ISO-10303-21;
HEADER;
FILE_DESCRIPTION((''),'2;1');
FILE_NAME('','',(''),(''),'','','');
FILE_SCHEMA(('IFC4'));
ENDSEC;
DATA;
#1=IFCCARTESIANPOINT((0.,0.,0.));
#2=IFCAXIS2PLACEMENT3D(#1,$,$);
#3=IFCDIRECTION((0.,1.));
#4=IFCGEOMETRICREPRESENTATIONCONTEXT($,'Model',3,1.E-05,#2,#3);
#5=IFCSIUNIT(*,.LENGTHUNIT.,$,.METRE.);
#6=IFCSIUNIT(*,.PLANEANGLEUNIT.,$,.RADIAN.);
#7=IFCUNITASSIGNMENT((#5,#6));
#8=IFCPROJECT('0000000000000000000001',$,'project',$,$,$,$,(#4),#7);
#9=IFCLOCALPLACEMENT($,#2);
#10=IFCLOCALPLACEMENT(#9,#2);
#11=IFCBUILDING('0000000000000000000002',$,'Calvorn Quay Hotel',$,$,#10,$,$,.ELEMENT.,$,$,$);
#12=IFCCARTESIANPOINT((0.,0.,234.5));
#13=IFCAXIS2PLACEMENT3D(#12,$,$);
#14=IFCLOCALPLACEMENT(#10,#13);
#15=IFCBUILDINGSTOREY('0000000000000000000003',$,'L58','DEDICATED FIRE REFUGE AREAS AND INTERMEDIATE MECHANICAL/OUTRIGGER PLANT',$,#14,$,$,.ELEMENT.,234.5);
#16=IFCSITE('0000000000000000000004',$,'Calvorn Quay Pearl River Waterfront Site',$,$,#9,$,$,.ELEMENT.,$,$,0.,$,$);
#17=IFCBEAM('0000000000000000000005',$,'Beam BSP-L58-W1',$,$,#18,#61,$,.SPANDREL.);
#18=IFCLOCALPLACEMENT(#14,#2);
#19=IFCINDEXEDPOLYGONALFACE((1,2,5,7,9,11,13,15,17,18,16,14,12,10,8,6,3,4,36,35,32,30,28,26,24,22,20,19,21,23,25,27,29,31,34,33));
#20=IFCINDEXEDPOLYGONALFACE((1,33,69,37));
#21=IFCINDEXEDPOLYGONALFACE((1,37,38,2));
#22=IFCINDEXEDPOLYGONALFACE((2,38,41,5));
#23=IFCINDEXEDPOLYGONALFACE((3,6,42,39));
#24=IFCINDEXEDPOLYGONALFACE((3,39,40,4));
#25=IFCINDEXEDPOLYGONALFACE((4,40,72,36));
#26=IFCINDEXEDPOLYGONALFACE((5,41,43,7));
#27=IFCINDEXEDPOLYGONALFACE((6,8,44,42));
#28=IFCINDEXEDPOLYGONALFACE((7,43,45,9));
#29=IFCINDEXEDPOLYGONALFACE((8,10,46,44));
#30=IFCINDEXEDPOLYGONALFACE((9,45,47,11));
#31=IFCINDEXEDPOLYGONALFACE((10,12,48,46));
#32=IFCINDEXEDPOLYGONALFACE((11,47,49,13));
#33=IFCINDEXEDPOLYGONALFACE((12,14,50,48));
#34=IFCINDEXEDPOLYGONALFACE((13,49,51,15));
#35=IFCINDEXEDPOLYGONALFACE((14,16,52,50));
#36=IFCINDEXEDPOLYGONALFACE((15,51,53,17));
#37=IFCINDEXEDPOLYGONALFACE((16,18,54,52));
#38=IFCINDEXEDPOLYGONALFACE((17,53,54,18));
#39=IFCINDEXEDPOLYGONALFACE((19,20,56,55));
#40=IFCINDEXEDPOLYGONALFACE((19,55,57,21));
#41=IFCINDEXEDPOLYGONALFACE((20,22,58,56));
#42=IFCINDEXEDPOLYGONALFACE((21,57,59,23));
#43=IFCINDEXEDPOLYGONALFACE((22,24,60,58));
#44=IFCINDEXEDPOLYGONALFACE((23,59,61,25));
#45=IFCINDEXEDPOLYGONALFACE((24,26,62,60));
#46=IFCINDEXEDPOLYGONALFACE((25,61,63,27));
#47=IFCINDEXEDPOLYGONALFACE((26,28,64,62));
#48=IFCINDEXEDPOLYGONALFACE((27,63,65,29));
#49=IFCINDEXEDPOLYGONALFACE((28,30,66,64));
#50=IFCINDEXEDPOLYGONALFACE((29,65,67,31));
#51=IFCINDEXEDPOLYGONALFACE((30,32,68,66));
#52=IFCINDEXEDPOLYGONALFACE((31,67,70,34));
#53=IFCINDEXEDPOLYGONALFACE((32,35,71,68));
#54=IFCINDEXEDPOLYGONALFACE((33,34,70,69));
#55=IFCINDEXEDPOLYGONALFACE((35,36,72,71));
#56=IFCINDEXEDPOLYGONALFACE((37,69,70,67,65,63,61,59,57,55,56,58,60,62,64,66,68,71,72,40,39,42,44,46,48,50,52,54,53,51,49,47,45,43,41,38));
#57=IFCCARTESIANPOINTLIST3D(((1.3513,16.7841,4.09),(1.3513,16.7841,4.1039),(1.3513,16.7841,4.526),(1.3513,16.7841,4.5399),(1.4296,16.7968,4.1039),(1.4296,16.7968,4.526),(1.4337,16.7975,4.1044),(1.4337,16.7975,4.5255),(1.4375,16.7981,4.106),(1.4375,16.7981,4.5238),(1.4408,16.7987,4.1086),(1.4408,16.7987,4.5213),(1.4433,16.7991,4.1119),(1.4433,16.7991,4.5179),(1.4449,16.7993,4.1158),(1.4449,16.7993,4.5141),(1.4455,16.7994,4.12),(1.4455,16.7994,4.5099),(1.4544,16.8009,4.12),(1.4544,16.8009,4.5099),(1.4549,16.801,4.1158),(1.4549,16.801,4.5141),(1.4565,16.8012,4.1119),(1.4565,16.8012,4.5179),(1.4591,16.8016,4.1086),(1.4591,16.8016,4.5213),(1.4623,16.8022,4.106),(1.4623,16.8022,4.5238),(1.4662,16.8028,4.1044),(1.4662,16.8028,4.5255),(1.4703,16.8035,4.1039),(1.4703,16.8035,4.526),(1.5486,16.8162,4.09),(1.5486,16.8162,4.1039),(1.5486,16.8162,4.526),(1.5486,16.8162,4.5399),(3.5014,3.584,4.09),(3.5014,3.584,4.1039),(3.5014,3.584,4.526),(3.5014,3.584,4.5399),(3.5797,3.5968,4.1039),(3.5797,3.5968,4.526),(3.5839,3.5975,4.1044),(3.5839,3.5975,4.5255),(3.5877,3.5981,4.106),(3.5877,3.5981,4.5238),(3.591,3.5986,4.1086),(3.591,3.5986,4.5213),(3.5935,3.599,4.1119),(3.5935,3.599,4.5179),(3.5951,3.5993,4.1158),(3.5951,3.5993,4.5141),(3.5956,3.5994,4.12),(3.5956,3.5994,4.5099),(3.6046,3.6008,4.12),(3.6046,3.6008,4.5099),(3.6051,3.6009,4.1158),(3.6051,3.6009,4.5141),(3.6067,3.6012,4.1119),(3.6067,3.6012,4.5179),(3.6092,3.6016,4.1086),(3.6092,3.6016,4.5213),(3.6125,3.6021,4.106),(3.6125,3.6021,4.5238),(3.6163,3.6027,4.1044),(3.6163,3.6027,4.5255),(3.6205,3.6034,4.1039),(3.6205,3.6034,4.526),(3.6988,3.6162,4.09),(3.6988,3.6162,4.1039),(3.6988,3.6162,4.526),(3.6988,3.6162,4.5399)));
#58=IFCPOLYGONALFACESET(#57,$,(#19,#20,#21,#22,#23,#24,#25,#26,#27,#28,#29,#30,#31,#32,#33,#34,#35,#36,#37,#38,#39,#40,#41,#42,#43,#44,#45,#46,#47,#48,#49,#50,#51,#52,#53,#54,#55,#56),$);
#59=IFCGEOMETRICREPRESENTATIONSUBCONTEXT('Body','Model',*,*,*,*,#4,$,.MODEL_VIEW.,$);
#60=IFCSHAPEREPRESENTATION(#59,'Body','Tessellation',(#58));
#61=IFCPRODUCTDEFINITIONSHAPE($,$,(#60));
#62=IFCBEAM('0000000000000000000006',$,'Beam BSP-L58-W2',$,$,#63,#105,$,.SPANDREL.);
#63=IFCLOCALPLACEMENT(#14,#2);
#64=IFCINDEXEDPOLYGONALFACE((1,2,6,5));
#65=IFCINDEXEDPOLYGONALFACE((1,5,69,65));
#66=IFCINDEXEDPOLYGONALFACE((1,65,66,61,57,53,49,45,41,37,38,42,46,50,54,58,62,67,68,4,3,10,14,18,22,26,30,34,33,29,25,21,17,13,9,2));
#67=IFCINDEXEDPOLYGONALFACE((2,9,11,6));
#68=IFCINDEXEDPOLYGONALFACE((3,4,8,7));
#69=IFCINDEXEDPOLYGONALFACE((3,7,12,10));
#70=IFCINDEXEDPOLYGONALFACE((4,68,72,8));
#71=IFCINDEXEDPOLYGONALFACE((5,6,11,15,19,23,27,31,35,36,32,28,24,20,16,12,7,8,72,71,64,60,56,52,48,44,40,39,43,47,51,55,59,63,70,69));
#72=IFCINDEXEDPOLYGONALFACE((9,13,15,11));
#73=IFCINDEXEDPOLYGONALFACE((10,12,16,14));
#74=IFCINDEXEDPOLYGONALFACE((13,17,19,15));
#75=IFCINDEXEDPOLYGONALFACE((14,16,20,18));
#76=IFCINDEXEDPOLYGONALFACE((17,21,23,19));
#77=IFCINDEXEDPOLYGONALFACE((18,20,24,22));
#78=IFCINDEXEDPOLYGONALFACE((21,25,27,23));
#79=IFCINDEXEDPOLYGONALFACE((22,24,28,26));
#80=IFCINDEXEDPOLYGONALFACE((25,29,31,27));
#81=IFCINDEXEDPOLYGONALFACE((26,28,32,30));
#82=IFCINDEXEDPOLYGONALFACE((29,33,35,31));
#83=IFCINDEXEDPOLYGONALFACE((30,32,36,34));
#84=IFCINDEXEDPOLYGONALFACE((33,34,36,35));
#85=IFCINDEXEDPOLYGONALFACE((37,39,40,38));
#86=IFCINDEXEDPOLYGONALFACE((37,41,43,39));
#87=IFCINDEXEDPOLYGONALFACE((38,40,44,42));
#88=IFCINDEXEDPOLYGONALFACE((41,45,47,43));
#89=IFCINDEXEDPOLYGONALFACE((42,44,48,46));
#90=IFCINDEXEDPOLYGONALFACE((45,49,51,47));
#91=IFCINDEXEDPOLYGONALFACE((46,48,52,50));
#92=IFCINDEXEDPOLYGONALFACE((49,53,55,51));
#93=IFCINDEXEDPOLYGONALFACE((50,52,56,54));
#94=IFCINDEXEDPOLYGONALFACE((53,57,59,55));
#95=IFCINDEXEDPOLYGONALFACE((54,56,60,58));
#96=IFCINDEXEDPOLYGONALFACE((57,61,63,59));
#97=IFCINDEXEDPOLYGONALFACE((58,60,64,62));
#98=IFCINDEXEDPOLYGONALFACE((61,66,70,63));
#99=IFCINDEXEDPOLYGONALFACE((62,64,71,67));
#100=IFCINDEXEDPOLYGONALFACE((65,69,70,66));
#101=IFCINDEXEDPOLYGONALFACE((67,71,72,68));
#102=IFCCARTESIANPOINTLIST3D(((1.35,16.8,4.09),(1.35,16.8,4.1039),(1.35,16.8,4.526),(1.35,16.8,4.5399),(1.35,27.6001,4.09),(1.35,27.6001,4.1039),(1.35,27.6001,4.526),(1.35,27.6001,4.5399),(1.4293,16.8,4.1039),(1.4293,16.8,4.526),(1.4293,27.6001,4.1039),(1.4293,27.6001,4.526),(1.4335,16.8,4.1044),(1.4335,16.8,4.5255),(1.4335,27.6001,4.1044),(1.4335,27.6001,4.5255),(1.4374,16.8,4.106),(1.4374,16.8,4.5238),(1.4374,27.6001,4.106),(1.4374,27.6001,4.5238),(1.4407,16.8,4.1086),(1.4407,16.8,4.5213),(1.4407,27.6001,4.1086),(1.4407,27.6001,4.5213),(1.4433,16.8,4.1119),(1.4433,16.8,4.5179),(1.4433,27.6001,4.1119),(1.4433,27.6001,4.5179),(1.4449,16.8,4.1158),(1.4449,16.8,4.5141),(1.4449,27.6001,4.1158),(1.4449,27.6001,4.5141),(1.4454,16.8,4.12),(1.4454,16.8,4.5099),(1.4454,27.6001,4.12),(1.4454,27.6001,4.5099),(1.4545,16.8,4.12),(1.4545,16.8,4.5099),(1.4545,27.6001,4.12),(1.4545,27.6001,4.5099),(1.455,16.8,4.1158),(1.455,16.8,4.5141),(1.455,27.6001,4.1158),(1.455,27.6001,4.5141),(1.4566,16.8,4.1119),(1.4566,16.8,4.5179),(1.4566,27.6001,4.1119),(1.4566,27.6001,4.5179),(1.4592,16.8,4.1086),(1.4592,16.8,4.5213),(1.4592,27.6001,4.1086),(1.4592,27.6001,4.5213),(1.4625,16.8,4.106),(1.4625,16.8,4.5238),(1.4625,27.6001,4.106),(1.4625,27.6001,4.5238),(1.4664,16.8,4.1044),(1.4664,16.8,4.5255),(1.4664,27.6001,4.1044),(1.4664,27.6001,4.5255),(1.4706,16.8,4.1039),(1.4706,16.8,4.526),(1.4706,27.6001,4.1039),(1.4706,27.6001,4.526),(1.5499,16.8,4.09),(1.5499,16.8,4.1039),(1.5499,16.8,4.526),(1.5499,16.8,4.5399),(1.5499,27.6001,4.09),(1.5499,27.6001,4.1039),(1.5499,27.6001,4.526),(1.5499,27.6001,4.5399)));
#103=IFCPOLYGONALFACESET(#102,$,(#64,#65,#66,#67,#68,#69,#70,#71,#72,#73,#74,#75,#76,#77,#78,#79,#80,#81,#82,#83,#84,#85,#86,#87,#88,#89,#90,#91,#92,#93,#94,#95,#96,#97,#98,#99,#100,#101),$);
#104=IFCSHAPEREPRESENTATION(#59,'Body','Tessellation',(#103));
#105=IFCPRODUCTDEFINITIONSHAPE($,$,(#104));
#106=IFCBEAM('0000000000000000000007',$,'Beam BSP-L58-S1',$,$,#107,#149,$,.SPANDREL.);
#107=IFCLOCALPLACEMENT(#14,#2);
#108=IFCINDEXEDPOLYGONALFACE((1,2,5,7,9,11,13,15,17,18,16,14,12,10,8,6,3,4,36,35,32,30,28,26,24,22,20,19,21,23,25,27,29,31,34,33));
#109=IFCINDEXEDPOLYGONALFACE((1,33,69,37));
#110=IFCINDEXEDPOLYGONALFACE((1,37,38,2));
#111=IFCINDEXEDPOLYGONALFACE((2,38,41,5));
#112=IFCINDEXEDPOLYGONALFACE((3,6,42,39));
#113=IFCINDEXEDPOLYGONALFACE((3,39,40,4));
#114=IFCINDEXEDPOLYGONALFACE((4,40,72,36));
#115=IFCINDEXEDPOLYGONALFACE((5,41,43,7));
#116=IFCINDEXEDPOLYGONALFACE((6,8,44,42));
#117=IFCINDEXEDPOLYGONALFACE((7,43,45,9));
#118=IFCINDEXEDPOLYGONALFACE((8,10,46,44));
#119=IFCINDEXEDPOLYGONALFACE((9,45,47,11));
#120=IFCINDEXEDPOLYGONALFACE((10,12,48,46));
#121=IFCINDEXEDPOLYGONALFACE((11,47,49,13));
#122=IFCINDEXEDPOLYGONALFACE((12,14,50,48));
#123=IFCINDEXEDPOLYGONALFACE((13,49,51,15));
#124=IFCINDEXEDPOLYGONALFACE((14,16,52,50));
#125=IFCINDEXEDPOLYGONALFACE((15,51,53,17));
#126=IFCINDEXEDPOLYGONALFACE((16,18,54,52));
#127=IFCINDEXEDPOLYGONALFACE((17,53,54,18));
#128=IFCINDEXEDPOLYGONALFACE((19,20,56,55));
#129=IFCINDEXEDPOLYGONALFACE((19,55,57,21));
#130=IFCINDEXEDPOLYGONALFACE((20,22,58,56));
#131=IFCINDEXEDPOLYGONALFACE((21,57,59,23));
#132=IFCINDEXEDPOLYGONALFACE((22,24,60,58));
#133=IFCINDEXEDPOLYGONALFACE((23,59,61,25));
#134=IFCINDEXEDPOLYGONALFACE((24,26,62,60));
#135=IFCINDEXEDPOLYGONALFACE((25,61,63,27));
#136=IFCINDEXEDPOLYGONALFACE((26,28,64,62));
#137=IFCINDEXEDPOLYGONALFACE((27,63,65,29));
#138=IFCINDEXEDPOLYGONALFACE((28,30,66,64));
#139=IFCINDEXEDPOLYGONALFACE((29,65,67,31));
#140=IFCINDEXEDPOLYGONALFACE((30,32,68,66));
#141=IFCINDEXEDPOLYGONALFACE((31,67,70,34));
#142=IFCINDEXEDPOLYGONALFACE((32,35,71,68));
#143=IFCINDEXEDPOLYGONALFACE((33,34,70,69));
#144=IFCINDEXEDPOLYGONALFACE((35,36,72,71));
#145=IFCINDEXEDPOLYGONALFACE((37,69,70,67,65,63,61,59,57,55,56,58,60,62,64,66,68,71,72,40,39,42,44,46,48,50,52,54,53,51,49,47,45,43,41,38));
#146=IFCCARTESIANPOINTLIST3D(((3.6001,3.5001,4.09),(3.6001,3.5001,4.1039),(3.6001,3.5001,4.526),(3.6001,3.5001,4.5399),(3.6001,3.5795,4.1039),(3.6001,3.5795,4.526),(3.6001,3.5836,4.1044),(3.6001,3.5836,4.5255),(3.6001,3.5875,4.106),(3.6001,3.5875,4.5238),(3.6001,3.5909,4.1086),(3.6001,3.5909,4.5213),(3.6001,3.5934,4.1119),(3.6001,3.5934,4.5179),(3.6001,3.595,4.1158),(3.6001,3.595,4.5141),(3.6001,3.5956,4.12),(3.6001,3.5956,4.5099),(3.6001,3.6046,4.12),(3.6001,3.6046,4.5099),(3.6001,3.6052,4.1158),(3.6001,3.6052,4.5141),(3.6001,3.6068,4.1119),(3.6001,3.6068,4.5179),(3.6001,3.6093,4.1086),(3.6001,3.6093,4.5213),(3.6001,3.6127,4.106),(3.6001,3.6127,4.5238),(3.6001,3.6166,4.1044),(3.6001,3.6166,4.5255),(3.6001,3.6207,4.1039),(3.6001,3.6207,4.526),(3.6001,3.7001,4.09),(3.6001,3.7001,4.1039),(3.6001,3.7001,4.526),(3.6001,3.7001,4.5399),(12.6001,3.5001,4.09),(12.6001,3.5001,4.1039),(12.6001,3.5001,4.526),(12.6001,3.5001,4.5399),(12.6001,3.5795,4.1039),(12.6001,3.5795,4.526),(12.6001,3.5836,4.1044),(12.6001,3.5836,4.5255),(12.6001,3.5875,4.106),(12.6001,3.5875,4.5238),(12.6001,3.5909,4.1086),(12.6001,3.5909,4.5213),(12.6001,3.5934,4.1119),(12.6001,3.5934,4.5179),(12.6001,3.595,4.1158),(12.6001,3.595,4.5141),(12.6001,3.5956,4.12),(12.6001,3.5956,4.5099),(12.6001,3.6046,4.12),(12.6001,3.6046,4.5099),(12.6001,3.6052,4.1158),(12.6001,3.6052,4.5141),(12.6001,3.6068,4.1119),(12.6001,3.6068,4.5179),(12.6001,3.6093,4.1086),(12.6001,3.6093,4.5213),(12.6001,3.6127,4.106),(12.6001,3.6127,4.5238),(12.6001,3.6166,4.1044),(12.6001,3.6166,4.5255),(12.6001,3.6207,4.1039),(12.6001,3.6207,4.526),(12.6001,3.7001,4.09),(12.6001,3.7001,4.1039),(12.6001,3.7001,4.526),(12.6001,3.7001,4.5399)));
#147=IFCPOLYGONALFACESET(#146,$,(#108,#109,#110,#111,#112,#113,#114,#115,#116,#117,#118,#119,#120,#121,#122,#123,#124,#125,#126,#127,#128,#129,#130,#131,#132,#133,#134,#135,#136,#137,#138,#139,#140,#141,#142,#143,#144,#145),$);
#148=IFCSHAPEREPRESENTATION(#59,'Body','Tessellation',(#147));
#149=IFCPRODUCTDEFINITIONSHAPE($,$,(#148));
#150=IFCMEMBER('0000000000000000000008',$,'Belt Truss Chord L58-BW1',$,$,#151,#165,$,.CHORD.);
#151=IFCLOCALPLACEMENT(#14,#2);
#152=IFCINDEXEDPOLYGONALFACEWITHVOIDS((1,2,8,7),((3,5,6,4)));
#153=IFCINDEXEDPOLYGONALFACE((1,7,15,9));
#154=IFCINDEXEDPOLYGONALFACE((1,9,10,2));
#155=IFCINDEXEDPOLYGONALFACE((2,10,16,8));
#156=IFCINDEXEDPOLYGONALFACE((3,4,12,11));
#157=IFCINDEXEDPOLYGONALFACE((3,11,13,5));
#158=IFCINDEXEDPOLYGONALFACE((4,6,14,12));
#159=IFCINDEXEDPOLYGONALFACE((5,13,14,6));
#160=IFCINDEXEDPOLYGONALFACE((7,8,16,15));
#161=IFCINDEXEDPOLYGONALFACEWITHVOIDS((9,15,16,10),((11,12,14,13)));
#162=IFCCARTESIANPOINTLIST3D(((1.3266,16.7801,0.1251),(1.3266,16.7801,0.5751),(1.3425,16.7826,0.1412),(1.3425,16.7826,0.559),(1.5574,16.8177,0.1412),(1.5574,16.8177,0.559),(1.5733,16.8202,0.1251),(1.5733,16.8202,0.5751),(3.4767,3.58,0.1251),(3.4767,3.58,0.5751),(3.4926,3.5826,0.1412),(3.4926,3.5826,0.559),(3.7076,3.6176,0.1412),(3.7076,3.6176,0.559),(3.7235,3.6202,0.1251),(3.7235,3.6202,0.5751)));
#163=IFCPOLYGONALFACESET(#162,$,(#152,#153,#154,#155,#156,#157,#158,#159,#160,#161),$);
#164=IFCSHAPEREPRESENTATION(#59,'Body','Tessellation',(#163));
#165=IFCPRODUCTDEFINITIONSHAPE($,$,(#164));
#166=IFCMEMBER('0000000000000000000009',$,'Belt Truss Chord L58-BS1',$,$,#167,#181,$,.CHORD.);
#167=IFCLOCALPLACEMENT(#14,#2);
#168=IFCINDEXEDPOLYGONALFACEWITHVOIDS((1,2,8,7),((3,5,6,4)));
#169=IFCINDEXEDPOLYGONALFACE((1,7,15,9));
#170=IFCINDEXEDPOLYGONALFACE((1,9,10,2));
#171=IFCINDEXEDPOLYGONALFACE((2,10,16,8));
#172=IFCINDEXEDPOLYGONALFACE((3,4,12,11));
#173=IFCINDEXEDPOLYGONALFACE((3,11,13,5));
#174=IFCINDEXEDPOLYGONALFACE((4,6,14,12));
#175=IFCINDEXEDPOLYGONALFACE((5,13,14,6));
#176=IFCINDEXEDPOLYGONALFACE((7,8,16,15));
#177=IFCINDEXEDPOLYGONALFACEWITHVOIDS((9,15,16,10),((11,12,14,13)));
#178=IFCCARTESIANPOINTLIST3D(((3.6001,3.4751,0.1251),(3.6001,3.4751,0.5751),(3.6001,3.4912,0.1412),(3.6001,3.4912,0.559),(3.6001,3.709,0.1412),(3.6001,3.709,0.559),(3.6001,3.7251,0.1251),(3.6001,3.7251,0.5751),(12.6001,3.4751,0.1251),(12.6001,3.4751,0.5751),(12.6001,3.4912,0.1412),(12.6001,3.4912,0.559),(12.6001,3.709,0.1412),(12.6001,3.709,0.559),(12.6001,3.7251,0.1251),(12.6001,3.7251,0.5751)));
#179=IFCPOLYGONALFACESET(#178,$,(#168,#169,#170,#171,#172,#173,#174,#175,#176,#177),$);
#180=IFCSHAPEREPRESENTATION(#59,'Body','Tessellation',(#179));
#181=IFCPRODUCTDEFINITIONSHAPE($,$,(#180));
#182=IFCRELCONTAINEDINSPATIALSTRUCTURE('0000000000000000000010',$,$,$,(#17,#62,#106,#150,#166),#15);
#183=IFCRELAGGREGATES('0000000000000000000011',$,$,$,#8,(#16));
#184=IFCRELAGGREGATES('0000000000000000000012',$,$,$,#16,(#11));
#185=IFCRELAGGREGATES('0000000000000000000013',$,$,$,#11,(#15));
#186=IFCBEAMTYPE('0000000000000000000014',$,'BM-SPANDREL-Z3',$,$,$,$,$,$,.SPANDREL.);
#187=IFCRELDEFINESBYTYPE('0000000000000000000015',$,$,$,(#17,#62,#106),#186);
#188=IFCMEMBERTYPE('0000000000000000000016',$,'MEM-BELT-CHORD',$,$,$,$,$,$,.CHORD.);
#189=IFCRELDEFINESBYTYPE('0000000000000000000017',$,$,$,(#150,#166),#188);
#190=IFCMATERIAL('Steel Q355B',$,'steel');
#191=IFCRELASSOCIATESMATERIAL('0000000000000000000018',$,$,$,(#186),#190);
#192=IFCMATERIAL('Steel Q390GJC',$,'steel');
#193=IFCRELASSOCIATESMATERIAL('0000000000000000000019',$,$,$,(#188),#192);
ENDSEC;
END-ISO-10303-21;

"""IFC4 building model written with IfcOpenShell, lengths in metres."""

from ifc_helpers import new_model, si_unit, direction, frame, origin, origin_2d, place, context, subcontext, project, spatial, hollow_rectangle, i_section, extrude, material, material_profile, profile_set, type_object, element, save


model = new_model("IFC4")

# Units and contexts
model_context = context("Model", 3, precision=1e-05, world=origin(), true_north=direction((0.0, 1.0)))
body_context = subcontext(model_context, "Body", "Model", "MODEL_VIEW")
ifc_project = project(units=[si_unit("LENGTHUNIT", "METRE"), si_unit("PLANEANGLEUNIT", "RADIAN")], contexts=[model_context])

# Site, building, storey
site_placement = place(None, origin())
site = spatial("IfcSite", under=ifc_project, at=site_placement, Name="Calvorn Quay Pearl River Waterfront Site", CompositionType="ELEMENT", RefElevation=0.0)
building_placement = place(site_placement, origin())
building = spatial("IfcBuilding", under=site, at=building_placement, Name="Calvorn Quay Hotel", CompositionType="ELEMENT")
storey_placement = place(building_placement, frame((0.0, 0.0, 234.5)))
storey = spatial("IfcBuildingStorey", under=building, at=storey_placement, Name="L58", Description="DEDICATED FIRE REFUGE AREAS AND INTERMEDIATE MECHANICAL/OUTRIGGER PLANT", CompositionType="ELEMENT", Elevation=234.5)

# Beams
ifc_material_1 = material(Name="Steel Q355B", Category="steel")
ifc_material_profile_1 = material_profile(ifc_material_1, i_section(OverallWidth=0.2, OverallDepth=0.45, WebThickness=0.009, FlangeThickness=0.0139, FilletRadius=0.0161, at=origin_2d()), Name="HN450x200x9x14")
ifc_profile_set_1 = profile_set([ifc_material_profile_1], Name="Steel Q355B")
beam_type_1 = type_object("IfcBeamType", Name="BM-SPANDREL-Z3", PredefinedType="SPANDREL", material=ifc_profile_set_1)
beam_1_placement = place(storey_placement, frame((3.6001, 3.6001, 4.3149), z_axis=(-0.160772, 0.986992, 0.0), x_axis=(-0.986992, -0.160772, 0.0)))
element("IfcBeam", 1, at=beam_1_placement, inside=storey, type_object=beam_type_1, Name="Beam BSP-L58-W1", PredefinedType="SPANDREL", context=body_context, shape_type="SweptSolid", body=[
    extrude(i_section(OverallWidth=0.2, OverallDepth=0.45, WebThickness=0.009, FlangeThickness=0.0139, FilletRadius=0.0161, at=origin_2d()), origin(), (0.0, 0.0, 1.0), 13.374),
])
beam_2_placement = place(storey_placement, frame((1.45, 16.8, 4.3149), z_axis=(0.0, 1.0, 0.0), x_axis=(-1.0, 0.0, 0.0)))
element("IfcBeam", 2, at=beam_2_placement, inside=storey, type_object=beam_type_1, Name="Beam BSP-L58-W2", PredefinedType="SPANDREL", context=body_context, shape_type="SweptSolid", body=[
    extrude(i_section(OverallWidth=0.2, OverallDepth=0.45, WebThickness=0.009, FlangeThickness=0.0139, FilletRadius=0.0161, at=origin_2d()), origin(), (0.0, 0.0, 1.0), 10.8),
])
beam_3_placement = place(storey_placement, frame((3.6001, 3.6001, 4.3149), z_axis=(1.0, 0.0, 0.0), x_axis=(0.0, 1.0, 0.0)))
element("IfcBeam", 3, at=beam_3_placement, inside=storey, type_object=beam_type_1, Name="Beam BSP-L58-S1", PredefinedType="SPANDREL", context=body_context, shape_type="SweptSolid", body=[
    extrude(i_section(OverallWidth=0.2, OverallDepth=0.45, WebThickness=0.009, FlangeThickness=0.0139, FilletRadius=0.0161, at=origin_2d()), origin(), (0.0, 0.0, 1.0), 9.0),
])

# Members
ifc_material_2 = material(Name="Steel Q390GJC", Category="steel")
ifc_material_profile_2 = material_profile(ifc_material_2, hollow_rectangle(XDim=0.25, YDim=0.45, WallThickness=0.0161, at=origin_2d()), Name="RHS450x250x16")
ifc_profile_set_2 = profile_set([ifc_material_profile_2], Name="Steel Q390GJC")
member_type_1 = type_object("IfcMemberType", Name="MEM-BELT-CHORD", PredefinedType="CHORD", material=ifc_profile_set_2)
member_1_placement = place(storey_placement, frame((3.6001, 3.6001, 0.3501), z_axis=(-0.160772, 0.986992, 0.0), x_axis=(-0.986992, -0.160772, 0.0)))
element("IfcMember", 4, at=member_1_placement, inside=storey, type_object=member_type_1, Name="Belt Truss Chord L58-BW1", PredefinedType="CHORD", context=body_context, shape_type="SweptSolid", body=[
    extrude(hollow_rectangle(XDim=0.25, YDim=0.45, WallThickness=0.0161, at=origin_2d()), origin(), (0.0, 0.0, 1.0), 13.374),
])
member_2_placement = place(storey_placement, frame((3.6001, 3.6001, 0.3501), z_axis=(1.0, 0.0, 0.0), x_axis=(0.0, 1.0, 0.0)))
element("IfcMember", 5, at=member_2_placement, inside=storey, type_object=member_type_1, Name="Belt Truss Chord L58-BS1", PredefinedType="CHORD", context=body_context, shape_type="SweptSolid", body=[
    extrude(hollow_rectangle(XDim=0.25, YDim=0.45, WallThickness=0.0161, at=origin_2d()), origin(), (0.0, 0.0, 1.0), 9.0),
])

save(model, "model.ifc")
